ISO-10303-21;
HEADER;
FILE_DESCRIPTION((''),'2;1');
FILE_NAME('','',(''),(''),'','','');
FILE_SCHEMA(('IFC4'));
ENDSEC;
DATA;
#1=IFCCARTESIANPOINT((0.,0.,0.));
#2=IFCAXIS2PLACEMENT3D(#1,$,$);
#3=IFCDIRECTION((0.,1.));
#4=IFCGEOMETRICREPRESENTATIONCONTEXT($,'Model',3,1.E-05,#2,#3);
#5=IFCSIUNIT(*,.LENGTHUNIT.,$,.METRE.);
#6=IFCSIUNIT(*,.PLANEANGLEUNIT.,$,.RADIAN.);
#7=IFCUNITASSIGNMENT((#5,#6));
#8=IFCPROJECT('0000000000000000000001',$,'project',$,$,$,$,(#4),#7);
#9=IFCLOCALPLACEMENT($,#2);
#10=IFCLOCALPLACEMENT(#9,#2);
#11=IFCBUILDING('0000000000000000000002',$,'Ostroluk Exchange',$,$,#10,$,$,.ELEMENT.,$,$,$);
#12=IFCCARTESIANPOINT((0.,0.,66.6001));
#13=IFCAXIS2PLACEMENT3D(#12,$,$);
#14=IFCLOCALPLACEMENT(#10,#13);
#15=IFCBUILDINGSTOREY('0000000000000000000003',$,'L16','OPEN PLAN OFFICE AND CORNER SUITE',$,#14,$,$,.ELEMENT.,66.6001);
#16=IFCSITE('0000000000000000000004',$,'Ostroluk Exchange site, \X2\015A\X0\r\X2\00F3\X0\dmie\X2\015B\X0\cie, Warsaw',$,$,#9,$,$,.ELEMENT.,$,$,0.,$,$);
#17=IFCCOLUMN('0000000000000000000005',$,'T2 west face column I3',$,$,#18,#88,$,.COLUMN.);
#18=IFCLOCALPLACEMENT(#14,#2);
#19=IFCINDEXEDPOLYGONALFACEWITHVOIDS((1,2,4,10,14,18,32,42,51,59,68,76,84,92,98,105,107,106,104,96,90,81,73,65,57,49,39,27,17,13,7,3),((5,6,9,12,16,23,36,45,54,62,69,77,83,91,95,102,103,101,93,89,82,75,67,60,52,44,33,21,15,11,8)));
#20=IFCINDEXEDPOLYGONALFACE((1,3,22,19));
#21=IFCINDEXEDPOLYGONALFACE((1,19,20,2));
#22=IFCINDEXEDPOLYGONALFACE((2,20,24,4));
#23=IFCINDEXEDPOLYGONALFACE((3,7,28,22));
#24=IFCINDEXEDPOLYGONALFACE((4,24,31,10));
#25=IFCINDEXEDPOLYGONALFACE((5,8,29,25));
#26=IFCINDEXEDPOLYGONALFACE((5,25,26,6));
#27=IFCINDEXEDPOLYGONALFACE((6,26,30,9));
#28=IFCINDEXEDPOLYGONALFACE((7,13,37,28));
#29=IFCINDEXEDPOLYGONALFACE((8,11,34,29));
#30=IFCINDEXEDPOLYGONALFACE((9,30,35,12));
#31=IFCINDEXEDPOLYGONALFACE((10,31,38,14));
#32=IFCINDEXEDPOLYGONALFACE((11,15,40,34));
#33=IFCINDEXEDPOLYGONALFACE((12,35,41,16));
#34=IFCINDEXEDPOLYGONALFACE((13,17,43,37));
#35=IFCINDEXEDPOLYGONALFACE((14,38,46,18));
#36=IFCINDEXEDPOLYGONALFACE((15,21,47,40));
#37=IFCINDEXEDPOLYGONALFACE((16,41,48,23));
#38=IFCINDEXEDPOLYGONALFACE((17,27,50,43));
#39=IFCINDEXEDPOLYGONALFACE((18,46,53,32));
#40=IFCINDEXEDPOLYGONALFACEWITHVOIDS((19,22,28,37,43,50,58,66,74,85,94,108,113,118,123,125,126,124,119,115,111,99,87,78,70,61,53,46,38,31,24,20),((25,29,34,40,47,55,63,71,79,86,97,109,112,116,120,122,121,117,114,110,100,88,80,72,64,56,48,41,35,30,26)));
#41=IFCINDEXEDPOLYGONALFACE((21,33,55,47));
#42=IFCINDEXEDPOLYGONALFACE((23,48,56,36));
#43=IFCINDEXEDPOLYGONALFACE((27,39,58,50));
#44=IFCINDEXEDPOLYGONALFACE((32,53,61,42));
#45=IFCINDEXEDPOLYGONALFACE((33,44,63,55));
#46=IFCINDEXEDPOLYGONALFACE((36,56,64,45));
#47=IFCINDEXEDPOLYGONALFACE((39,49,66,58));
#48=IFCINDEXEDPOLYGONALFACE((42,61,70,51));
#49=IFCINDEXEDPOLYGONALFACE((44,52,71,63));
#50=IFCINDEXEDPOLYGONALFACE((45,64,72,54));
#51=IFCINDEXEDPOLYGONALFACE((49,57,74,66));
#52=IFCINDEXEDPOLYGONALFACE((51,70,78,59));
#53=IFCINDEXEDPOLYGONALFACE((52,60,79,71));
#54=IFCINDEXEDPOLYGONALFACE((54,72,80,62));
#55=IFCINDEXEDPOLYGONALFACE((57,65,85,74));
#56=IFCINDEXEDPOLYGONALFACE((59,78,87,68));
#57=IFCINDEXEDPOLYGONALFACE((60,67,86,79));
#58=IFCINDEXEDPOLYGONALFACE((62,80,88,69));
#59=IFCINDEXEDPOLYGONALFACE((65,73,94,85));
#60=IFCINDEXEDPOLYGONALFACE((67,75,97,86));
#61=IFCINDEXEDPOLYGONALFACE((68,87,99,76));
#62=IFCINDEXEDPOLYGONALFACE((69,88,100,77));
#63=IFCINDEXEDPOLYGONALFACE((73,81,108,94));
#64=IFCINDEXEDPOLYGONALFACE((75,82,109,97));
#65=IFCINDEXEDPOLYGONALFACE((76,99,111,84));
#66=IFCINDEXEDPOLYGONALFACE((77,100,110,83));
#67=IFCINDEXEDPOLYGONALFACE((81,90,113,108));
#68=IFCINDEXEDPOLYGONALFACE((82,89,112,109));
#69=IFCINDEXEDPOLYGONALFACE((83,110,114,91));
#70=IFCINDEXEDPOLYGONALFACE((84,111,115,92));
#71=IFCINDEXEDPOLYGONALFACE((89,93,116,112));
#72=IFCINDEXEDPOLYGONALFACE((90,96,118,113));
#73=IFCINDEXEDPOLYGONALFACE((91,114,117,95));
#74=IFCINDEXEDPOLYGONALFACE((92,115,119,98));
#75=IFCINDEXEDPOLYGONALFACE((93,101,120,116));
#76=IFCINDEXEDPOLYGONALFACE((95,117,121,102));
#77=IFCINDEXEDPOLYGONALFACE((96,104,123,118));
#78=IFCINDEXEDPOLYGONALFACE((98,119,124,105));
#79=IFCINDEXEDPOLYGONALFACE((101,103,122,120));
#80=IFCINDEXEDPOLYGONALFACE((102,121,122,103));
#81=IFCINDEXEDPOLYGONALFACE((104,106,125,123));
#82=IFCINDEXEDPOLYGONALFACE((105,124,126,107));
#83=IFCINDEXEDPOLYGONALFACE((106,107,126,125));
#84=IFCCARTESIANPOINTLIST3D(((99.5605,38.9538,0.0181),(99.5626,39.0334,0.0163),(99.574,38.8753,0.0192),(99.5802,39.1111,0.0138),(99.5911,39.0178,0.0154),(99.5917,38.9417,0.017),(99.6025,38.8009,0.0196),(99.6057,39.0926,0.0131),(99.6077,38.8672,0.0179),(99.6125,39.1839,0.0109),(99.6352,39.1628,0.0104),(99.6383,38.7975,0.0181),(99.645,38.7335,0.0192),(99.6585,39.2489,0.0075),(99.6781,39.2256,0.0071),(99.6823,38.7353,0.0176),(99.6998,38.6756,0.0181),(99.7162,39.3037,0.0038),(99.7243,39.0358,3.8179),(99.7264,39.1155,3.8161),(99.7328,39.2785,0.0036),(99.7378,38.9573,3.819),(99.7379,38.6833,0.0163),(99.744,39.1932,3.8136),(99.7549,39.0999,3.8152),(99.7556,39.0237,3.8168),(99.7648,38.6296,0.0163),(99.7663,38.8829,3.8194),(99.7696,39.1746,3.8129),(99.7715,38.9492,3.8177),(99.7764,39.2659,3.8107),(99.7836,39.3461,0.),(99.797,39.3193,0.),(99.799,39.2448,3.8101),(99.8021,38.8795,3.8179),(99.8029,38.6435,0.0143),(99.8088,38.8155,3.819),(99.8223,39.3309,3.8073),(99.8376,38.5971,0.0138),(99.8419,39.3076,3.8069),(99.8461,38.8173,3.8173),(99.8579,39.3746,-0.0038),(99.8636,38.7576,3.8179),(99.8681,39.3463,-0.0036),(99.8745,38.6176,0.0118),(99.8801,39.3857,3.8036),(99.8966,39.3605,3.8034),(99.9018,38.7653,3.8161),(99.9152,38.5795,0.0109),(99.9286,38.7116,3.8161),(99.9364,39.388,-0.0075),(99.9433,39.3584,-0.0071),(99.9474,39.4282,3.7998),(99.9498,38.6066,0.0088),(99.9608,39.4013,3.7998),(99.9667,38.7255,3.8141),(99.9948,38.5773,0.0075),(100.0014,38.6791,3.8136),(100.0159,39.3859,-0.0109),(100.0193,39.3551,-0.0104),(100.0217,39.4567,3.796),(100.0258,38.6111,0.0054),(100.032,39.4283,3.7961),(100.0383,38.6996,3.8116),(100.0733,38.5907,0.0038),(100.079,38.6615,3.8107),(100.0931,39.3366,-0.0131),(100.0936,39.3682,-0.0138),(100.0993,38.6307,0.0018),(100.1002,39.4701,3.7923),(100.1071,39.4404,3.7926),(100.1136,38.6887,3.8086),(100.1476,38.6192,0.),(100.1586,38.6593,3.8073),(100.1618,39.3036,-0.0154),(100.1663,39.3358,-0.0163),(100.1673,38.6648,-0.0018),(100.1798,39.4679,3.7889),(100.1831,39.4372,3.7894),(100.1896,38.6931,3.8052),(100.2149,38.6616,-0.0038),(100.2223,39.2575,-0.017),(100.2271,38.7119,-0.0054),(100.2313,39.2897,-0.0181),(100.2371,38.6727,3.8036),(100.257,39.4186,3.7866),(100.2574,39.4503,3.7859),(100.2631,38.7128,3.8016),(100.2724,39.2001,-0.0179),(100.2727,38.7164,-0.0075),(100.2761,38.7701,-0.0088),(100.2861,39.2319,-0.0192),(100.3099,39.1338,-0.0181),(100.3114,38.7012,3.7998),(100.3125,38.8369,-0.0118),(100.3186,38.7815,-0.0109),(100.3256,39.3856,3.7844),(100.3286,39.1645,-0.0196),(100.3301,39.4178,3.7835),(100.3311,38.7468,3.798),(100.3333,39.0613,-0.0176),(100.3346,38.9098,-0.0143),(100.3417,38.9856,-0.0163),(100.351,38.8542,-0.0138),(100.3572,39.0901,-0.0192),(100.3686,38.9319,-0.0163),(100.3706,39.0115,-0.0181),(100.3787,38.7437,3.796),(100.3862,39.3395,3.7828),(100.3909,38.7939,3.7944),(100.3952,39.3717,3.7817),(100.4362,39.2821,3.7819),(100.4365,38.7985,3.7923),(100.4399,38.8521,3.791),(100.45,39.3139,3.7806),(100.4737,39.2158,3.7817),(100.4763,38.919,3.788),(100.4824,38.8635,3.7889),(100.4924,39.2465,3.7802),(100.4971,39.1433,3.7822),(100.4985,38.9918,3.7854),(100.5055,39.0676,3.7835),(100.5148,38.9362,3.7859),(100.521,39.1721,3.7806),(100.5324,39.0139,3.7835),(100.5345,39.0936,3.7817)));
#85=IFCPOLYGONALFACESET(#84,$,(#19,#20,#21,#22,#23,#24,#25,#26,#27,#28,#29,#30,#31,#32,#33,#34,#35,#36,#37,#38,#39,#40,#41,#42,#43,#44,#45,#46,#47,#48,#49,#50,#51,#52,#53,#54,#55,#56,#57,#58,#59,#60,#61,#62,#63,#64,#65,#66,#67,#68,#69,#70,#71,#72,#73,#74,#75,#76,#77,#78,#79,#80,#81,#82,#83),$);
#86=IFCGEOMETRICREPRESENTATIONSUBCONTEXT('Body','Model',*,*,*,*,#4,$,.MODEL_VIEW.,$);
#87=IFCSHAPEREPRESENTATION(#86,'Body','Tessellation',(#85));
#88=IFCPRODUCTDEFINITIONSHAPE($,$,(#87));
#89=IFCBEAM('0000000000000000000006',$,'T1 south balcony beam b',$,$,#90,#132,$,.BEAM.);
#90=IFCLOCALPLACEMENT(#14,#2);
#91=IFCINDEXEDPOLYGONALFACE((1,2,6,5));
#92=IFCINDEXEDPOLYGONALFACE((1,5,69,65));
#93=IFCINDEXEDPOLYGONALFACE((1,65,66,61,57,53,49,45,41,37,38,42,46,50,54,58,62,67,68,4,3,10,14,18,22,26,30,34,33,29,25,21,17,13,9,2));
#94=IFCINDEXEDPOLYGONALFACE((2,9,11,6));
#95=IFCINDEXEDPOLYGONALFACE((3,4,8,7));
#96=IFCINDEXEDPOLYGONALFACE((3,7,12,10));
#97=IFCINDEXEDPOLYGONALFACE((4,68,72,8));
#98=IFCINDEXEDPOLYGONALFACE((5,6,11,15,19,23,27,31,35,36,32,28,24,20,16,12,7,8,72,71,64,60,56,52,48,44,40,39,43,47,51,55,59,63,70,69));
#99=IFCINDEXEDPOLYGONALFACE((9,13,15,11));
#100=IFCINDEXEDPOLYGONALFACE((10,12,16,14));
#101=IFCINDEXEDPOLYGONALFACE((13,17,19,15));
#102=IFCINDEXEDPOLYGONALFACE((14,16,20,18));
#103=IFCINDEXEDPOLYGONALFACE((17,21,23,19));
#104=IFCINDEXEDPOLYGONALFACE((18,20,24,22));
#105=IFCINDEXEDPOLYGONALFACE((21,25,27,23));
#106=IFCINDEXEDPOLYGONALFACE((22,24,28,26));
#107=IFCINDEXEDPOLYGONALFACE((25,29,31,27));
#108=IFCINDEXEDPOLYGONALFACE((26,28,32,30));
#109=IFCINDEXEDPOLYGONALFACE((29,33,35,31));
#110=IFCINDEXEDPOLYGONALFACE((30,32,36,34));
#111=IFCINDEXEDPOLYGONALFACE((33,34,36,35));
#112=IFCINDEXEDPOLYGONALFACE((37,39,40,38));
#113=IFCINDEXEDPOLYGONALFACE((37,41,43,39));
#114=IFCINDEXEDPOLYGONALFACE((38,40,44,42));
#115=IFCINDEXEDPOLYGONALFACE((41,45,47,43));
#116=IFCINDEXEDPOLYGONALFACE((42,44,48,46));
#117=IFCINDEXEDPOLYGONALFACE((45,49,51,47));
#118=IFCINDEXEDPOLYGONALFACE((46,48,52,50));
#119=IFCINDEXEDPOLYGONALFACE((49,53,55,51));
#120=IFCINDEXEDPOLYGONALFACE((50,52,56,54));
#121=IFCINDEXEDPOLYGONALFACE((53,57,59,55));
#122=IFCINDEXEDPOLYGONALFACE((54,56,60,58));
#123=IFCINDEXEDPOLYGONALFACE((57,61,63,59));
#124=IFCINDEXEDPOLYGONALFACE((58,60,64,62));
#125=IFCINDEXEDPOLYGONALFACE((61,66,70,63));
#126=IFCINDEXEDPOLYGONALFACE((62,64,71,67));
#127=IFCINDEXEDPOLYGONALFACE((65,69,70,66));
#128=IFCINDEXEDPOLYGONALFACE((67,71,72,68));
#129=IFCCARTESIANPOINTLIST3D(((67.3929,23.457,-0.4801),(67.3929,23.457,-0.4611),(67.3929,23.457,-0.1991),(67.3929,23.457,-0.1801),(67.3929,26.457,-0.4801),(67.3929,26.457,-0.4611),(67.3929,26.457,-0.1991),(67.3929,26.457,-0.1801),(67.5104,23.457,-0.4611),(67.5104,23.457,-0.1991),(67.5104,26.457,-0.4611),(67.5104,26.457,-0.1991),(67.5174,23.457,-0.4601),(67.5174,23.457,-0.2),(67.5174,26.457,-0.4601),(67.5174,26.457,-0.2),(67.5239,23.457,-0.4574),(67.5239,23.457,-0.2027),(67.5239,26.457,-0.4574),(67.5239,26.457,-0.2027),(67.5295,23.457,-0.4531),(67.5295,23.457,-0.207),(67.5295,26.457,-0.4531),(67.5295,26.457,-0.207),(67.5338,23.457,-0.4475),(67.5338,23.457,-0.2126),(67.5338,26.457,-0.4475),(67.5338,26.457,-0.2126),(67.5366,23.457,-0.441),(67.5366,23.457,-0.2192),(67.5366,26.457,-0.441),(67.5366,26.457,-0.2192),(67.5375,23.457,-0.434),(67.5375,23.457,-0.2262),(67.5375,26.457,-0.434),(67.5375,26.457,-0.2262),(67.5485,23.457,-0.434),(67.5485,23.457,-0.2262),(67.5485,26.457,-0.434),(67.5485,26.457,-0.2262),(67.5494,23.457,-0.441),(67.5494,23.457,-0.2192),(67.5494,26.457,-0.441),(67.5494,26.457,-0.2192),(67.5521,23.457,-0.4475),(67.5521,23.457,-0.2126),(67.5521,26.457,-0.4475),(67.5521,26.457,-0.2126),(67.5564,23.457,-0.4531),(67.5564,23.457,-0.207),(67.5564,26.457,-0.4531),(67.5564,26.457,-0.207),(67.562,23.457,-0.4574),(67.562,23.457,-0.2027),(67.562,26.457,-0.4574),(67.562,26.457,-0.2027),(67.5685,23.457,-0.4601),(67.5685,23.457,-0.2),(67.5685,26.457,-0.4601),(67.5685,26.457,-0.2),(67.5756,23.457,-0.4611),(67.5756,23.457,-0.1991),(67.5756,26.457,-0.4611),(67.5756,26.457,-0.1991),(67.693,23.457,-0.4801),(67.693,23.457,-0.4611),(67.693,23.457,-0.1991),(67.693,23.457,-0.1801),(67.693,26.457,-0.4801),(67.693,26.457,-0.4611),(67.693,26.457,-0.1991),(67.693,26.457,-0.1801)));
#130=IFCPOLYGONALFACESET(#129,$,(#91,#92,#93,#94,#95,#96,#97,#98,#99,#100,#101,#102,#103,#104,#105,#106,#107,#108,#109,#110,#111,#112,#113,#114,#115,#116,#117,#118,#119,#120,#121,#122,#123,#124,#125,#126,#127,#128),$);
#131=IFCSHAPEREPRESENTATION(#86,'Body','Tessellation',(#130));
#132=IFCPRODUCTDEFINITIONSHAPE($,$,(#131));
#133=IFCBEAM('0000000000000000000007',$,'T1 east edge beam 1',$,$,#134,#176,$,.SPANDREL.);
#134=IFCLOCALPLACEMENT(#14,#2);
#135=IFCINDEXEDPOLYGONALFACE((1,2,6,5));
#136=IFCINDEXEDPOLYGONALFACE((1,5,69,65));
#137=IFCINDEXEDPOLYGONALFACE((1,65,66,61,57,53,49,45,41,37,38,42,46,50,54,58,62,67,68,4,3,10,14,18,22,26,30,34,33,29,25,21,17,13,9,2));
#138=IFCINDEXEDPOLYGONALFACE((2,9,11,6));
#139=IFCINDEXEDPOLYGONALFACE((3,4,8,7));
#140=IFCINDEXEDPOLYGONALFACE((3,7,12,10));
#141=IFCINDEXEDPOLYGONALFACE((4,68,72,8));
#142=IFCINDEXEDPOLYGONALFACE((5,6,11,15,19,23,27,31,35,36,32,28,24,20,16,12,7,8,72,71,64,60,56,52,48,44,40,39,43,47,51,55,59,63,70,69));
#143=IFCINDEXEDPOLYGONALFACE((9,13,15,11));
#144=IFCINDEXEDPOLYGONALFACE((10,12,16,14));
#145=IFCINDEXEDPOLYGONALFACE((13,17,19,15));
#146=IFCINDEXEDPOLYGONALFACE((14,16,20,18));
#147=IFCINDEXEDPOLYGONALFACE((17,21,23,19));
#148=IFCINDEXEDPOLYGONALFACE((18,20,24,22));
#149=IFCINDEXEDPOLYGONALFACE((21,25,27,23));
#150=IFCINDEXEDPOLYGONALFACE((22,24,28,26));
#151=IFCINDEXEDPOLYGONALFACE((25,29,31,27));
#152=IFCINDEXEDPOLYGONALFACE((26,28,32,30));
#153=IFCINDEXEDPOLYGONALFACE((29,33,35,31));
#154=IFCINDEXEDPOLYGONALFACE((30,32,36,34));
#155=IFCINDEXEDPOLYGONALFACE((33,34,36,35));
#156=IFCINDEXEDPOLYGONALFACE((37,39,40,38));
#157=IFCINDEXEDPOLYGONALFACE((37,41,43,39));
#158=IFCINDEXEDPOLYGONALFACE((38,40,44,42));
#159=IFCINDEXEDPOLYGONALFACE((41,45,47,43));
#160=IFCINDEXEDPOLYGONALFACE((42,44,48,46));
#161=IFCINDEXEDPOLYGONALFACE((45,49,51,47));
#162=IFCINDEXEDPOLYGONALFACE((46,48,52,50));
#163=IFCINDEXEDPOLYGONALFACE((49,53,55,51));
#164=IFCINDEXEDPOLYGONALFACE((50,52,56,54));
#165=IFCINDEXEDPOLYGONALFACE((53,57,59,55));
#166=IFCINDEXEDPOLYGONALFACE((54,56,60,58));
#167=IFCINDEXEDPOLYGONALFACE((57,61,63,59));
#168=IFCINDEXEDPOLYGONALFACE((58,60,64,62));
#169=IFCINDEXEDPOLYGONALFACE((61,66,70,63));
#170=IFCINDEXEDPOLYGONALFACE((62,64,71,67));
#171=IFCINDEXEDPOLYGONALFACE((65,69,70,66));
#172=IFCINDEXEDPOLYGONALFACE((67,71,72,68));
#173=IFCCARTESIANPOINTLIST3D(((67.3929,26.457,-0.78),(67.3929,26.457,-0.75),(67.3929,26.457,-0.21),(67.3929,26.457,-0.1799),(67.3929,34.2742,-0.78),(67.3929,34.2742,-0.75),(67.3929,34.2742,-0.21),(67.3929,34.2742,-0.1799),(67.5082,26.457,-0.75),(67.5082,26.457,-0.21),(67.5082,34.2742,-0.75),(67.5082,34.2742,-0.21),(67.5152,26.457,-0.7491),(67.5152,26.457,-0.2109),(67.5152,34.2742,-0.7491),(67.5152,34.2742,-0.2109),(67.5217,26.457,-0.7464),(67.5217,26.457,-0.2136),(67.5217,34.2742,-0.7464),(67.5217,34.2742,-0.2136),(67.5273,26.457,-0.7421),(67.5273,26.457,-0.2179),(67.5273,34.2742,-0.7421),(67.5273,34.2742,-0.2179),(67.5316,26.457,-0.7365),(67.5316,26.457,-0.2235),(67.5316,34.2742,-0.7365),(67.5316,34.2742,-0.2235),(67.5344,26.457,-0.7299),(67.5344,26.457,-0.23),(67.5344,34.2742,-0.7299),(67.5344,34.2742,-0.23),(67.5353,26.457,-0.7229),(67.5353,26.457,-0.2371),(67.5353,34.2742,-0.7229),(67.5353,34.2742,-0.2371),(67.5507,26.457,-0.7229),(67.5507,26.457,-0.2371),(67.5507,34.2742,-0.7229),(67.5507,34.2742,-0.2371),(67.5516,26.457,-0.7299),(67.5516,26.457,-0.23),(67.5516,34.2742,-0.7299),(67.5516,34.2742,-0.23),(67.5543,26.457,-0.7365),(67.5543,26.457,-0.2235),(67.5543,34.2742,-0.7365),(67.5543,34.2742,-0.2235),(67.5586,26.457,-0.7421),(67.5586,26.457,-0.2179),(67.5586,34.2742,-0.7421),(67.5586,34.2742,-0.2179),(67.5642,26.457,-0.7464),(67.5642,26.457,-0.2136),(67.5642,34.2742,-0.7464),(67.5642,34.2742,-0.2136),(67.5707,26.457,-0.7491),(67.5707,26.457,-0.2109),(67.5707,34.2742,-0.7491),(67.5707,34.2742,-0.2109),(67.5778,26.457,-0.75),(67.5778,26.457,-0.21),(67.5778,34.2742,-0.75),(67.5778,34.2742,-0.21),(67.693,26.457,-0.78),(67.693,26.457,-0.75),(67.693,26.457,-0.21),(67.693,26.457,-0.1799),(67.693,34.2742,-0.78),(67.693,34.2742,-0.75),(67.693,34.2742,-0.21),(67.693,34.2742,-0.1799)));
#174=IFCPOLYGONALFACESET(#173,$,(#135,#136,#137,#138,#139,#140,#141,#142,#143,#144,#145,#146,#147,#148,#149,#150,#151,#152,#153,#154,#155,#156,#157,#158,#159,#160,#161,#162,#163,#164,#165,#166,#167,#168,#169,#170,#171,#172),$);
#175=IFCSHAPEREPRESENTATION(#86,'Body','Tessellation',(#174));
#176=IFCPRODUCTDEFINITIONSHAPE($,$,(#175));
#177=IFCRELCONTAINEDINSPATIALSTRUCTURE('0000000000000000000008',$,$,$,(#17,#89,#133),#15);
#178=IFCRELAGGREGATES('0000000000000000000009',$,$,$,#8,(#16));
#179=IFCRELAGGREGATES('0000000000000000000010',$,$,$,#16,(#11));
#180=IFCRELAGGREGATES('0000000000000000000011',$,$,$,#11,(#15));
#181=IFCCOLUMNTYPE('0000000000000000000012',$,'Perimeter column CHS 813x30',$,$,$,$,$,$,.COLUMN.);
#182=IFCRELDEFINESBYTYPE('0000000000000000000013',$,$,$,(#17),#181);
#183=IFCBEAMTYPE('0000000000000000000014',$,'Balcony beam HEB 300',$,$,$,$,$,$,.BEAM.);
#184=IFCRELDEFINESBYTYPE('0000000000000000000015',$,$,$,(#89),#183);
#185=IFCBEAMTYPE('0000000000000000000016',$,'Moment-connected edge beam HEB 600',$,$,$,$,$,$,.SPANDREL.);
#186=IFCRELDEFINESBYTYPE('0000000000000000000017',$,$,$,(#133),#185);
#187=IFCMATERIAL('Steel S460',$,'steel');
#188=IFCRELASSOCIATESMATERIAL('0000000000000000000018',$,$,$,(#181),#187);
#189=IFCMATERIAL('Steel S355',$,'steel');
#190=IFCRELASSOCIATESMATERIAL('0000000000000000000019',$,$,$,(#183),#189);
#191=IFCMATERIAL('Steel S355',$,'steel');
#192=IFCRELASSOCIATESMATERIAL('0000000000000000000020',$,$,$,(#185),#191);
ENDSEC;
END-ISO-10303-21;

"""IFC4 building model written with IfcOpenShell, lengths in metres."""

from ifc_helpers import new_model, si_unit, direction, frame, origin, origin_2d, place, context, subcontext, project, spatial, hollow_circle, i_section, extrude, material, material_profile, profile_set, type_object, element, save


model = new_model("IFC4")

# Units and contexts
model_context = context("Model", 3, precision=1e-05, world=origin(), true_north=direction((0.0, 1.0)))
body_context = subcontext(model_context, "Body", "Model", "MODEL_VIEW")
ifc_project = project(units=[si_unit("LENGTHUNIT", "METRE"), si_unit("PLANEANGLEUNIT", "RADIAN")], contexts=[model_context])

# Site, building, storey
site_placement = place(None, origin())
site = spatial("IfcSite", under=ifc_project, at=site_placement, Name="Ostroluk Exchange site, Śródmieście, Warsaw", CompositionType="ELEMENT", RefElevation=0.0)
building_placement = place(site_placement, origin())
building = spatial("IfcBuilding", under=site, at=building_placement, Name="Ostroluk Exchange", CompositionType="ELEMENT")
storey_placement = place(building_placement, frame((0.0, 0.0, 66.6001)))
storey = spatial("IfcBuildingStorey", under=building, at=storey_placement, Name="L16", Description="OPEN PLAN OFFICE AND CORNER SUITE", CompositionType="ELEMENT", Elevation=66.6001)

# Column
ifc_material_1 = material(Name="Steel S460", Category="steel")
ifc_material_profile_1 = material_profile(ifc_material_1, hollow_circle(Radius=0.4065, WallThickness=0.03, at=origin_2d()), Name="CHS 813x30")
ifc_profile_set_1 = profile_set([ifc_material_profile_1], Name="Steel S460")
column_type_1 = type_object("IfcColumnType", Name="Perimeter column CHS 813x30", PredefinedType="COLUMN", material=ifc_profile_set_1)
column_1_placement = place(storey_placement, frame((99.9656, 38.9827, 0.0), z_axis=(0.043062, 0.021563, 0.99884), x_axis=(-0.447747, 0.894161, 0.0)))
element("IfcColumn", 1, at=column_1_placement, inside=storey, type_object=column_type_1, Name="T2 west face column I3", PredefinedType="COLUMN", context=body_context, shape_type="SweptSolid", body=[
    extrude(hollow_circle(Radius=0.4065, WallThickness=0.03, at=origin_2d()), origin(), (0.0, 0.0, 1.0), 3.8042),
])

# Beams
ifc_material_2 = material(Name="Steel S355", Category="steel")
ifc_material_profile_2 = material_profile(ifc_material_2, i_section(OverallWidth=0.3, OverallDepth=0.3, WebThickness=0.011, FlangeThickness=0.019, FilletRadius=0.0271, at=origin_2d()), Name="HEB 300")
ifc_profile_set_2 = profile_set([ifc_material_profile_2], Name="Steel S355")
beam_type_1 = type_object("IfcBeamType", Name="Balcony beam HEB 300", PredefinedType="BEAM", material=ifc_profile_set_2)
beam_1_placement = place(storey_placement, frame((67.543, 26.457, -0.3301), z_axis=(0.0, -1.0, 0.0), x_axis=(1.0, 0.0, 0.0)))
element("IfcBeam", 2, at=beam_1_placement, inside=storey, type_object=beam_type_1, Name="T1 south balcony beam b", PredefinedType="BEAM", context=body_context, shape_type="SweptSolid", body=[
    extrude(i_section(OverallWidth=0.3, OverallDepth=0.3, WebThickness=0.011, FlangeThickness=0.019, FilletRadius=0.0271, at=origin_2d()), origin(), (0.0, 0.0, 1.0), 3.0),
])
ifc_material_3 = material(Name="Steel S355", Category="steel")
ifc_material_profile_3 = material_profile(ifc_material_3, i_section(OverallWidth=0.3, OverallDepth=0.6001, WebThickness=0.0154, FlangeThickness=0.03, FilletRadius=0.0271, at=origin_2d()), Name="HEB 600")
ifc_profile_set_3 = profile_set([ifc_material_profile_3], Name="Steel S355")
beam_type_2 = type_object("IfcBeamType", Name="Moment-connected edge beam HEB 600", PredefinedType="SPANDREL", material=ifc_profile_set_3)
for number, where, z_axis, x_axis, name in (
    (3, (67.543, 26.457, -0.48), (0.0, 1.0, 0.0), (-1.0, 0.0, 0.0), "T1 east edge beam 1"),
):
    element("IfcBeam", number, at=place(storey_placement, frame(where, z_axis=z_axis, x_axis=x_axis)), inside=storey, type_object=beam_type_2, Name=name, PredefinedType="SPANDREL", context=body_context, shape_type="SweptSolid", body=[
        extrude(i_section(OverallWidth=0.3, OverallDepth=0.6001, WebThickness=0.0154, FlangeThickness=0.03, FilletRadius=0.0271, at=origin_2d()), origin(), (0.0, 0.0, 1.0), 7.8171),
    ])

save(model, "model.ifc")
